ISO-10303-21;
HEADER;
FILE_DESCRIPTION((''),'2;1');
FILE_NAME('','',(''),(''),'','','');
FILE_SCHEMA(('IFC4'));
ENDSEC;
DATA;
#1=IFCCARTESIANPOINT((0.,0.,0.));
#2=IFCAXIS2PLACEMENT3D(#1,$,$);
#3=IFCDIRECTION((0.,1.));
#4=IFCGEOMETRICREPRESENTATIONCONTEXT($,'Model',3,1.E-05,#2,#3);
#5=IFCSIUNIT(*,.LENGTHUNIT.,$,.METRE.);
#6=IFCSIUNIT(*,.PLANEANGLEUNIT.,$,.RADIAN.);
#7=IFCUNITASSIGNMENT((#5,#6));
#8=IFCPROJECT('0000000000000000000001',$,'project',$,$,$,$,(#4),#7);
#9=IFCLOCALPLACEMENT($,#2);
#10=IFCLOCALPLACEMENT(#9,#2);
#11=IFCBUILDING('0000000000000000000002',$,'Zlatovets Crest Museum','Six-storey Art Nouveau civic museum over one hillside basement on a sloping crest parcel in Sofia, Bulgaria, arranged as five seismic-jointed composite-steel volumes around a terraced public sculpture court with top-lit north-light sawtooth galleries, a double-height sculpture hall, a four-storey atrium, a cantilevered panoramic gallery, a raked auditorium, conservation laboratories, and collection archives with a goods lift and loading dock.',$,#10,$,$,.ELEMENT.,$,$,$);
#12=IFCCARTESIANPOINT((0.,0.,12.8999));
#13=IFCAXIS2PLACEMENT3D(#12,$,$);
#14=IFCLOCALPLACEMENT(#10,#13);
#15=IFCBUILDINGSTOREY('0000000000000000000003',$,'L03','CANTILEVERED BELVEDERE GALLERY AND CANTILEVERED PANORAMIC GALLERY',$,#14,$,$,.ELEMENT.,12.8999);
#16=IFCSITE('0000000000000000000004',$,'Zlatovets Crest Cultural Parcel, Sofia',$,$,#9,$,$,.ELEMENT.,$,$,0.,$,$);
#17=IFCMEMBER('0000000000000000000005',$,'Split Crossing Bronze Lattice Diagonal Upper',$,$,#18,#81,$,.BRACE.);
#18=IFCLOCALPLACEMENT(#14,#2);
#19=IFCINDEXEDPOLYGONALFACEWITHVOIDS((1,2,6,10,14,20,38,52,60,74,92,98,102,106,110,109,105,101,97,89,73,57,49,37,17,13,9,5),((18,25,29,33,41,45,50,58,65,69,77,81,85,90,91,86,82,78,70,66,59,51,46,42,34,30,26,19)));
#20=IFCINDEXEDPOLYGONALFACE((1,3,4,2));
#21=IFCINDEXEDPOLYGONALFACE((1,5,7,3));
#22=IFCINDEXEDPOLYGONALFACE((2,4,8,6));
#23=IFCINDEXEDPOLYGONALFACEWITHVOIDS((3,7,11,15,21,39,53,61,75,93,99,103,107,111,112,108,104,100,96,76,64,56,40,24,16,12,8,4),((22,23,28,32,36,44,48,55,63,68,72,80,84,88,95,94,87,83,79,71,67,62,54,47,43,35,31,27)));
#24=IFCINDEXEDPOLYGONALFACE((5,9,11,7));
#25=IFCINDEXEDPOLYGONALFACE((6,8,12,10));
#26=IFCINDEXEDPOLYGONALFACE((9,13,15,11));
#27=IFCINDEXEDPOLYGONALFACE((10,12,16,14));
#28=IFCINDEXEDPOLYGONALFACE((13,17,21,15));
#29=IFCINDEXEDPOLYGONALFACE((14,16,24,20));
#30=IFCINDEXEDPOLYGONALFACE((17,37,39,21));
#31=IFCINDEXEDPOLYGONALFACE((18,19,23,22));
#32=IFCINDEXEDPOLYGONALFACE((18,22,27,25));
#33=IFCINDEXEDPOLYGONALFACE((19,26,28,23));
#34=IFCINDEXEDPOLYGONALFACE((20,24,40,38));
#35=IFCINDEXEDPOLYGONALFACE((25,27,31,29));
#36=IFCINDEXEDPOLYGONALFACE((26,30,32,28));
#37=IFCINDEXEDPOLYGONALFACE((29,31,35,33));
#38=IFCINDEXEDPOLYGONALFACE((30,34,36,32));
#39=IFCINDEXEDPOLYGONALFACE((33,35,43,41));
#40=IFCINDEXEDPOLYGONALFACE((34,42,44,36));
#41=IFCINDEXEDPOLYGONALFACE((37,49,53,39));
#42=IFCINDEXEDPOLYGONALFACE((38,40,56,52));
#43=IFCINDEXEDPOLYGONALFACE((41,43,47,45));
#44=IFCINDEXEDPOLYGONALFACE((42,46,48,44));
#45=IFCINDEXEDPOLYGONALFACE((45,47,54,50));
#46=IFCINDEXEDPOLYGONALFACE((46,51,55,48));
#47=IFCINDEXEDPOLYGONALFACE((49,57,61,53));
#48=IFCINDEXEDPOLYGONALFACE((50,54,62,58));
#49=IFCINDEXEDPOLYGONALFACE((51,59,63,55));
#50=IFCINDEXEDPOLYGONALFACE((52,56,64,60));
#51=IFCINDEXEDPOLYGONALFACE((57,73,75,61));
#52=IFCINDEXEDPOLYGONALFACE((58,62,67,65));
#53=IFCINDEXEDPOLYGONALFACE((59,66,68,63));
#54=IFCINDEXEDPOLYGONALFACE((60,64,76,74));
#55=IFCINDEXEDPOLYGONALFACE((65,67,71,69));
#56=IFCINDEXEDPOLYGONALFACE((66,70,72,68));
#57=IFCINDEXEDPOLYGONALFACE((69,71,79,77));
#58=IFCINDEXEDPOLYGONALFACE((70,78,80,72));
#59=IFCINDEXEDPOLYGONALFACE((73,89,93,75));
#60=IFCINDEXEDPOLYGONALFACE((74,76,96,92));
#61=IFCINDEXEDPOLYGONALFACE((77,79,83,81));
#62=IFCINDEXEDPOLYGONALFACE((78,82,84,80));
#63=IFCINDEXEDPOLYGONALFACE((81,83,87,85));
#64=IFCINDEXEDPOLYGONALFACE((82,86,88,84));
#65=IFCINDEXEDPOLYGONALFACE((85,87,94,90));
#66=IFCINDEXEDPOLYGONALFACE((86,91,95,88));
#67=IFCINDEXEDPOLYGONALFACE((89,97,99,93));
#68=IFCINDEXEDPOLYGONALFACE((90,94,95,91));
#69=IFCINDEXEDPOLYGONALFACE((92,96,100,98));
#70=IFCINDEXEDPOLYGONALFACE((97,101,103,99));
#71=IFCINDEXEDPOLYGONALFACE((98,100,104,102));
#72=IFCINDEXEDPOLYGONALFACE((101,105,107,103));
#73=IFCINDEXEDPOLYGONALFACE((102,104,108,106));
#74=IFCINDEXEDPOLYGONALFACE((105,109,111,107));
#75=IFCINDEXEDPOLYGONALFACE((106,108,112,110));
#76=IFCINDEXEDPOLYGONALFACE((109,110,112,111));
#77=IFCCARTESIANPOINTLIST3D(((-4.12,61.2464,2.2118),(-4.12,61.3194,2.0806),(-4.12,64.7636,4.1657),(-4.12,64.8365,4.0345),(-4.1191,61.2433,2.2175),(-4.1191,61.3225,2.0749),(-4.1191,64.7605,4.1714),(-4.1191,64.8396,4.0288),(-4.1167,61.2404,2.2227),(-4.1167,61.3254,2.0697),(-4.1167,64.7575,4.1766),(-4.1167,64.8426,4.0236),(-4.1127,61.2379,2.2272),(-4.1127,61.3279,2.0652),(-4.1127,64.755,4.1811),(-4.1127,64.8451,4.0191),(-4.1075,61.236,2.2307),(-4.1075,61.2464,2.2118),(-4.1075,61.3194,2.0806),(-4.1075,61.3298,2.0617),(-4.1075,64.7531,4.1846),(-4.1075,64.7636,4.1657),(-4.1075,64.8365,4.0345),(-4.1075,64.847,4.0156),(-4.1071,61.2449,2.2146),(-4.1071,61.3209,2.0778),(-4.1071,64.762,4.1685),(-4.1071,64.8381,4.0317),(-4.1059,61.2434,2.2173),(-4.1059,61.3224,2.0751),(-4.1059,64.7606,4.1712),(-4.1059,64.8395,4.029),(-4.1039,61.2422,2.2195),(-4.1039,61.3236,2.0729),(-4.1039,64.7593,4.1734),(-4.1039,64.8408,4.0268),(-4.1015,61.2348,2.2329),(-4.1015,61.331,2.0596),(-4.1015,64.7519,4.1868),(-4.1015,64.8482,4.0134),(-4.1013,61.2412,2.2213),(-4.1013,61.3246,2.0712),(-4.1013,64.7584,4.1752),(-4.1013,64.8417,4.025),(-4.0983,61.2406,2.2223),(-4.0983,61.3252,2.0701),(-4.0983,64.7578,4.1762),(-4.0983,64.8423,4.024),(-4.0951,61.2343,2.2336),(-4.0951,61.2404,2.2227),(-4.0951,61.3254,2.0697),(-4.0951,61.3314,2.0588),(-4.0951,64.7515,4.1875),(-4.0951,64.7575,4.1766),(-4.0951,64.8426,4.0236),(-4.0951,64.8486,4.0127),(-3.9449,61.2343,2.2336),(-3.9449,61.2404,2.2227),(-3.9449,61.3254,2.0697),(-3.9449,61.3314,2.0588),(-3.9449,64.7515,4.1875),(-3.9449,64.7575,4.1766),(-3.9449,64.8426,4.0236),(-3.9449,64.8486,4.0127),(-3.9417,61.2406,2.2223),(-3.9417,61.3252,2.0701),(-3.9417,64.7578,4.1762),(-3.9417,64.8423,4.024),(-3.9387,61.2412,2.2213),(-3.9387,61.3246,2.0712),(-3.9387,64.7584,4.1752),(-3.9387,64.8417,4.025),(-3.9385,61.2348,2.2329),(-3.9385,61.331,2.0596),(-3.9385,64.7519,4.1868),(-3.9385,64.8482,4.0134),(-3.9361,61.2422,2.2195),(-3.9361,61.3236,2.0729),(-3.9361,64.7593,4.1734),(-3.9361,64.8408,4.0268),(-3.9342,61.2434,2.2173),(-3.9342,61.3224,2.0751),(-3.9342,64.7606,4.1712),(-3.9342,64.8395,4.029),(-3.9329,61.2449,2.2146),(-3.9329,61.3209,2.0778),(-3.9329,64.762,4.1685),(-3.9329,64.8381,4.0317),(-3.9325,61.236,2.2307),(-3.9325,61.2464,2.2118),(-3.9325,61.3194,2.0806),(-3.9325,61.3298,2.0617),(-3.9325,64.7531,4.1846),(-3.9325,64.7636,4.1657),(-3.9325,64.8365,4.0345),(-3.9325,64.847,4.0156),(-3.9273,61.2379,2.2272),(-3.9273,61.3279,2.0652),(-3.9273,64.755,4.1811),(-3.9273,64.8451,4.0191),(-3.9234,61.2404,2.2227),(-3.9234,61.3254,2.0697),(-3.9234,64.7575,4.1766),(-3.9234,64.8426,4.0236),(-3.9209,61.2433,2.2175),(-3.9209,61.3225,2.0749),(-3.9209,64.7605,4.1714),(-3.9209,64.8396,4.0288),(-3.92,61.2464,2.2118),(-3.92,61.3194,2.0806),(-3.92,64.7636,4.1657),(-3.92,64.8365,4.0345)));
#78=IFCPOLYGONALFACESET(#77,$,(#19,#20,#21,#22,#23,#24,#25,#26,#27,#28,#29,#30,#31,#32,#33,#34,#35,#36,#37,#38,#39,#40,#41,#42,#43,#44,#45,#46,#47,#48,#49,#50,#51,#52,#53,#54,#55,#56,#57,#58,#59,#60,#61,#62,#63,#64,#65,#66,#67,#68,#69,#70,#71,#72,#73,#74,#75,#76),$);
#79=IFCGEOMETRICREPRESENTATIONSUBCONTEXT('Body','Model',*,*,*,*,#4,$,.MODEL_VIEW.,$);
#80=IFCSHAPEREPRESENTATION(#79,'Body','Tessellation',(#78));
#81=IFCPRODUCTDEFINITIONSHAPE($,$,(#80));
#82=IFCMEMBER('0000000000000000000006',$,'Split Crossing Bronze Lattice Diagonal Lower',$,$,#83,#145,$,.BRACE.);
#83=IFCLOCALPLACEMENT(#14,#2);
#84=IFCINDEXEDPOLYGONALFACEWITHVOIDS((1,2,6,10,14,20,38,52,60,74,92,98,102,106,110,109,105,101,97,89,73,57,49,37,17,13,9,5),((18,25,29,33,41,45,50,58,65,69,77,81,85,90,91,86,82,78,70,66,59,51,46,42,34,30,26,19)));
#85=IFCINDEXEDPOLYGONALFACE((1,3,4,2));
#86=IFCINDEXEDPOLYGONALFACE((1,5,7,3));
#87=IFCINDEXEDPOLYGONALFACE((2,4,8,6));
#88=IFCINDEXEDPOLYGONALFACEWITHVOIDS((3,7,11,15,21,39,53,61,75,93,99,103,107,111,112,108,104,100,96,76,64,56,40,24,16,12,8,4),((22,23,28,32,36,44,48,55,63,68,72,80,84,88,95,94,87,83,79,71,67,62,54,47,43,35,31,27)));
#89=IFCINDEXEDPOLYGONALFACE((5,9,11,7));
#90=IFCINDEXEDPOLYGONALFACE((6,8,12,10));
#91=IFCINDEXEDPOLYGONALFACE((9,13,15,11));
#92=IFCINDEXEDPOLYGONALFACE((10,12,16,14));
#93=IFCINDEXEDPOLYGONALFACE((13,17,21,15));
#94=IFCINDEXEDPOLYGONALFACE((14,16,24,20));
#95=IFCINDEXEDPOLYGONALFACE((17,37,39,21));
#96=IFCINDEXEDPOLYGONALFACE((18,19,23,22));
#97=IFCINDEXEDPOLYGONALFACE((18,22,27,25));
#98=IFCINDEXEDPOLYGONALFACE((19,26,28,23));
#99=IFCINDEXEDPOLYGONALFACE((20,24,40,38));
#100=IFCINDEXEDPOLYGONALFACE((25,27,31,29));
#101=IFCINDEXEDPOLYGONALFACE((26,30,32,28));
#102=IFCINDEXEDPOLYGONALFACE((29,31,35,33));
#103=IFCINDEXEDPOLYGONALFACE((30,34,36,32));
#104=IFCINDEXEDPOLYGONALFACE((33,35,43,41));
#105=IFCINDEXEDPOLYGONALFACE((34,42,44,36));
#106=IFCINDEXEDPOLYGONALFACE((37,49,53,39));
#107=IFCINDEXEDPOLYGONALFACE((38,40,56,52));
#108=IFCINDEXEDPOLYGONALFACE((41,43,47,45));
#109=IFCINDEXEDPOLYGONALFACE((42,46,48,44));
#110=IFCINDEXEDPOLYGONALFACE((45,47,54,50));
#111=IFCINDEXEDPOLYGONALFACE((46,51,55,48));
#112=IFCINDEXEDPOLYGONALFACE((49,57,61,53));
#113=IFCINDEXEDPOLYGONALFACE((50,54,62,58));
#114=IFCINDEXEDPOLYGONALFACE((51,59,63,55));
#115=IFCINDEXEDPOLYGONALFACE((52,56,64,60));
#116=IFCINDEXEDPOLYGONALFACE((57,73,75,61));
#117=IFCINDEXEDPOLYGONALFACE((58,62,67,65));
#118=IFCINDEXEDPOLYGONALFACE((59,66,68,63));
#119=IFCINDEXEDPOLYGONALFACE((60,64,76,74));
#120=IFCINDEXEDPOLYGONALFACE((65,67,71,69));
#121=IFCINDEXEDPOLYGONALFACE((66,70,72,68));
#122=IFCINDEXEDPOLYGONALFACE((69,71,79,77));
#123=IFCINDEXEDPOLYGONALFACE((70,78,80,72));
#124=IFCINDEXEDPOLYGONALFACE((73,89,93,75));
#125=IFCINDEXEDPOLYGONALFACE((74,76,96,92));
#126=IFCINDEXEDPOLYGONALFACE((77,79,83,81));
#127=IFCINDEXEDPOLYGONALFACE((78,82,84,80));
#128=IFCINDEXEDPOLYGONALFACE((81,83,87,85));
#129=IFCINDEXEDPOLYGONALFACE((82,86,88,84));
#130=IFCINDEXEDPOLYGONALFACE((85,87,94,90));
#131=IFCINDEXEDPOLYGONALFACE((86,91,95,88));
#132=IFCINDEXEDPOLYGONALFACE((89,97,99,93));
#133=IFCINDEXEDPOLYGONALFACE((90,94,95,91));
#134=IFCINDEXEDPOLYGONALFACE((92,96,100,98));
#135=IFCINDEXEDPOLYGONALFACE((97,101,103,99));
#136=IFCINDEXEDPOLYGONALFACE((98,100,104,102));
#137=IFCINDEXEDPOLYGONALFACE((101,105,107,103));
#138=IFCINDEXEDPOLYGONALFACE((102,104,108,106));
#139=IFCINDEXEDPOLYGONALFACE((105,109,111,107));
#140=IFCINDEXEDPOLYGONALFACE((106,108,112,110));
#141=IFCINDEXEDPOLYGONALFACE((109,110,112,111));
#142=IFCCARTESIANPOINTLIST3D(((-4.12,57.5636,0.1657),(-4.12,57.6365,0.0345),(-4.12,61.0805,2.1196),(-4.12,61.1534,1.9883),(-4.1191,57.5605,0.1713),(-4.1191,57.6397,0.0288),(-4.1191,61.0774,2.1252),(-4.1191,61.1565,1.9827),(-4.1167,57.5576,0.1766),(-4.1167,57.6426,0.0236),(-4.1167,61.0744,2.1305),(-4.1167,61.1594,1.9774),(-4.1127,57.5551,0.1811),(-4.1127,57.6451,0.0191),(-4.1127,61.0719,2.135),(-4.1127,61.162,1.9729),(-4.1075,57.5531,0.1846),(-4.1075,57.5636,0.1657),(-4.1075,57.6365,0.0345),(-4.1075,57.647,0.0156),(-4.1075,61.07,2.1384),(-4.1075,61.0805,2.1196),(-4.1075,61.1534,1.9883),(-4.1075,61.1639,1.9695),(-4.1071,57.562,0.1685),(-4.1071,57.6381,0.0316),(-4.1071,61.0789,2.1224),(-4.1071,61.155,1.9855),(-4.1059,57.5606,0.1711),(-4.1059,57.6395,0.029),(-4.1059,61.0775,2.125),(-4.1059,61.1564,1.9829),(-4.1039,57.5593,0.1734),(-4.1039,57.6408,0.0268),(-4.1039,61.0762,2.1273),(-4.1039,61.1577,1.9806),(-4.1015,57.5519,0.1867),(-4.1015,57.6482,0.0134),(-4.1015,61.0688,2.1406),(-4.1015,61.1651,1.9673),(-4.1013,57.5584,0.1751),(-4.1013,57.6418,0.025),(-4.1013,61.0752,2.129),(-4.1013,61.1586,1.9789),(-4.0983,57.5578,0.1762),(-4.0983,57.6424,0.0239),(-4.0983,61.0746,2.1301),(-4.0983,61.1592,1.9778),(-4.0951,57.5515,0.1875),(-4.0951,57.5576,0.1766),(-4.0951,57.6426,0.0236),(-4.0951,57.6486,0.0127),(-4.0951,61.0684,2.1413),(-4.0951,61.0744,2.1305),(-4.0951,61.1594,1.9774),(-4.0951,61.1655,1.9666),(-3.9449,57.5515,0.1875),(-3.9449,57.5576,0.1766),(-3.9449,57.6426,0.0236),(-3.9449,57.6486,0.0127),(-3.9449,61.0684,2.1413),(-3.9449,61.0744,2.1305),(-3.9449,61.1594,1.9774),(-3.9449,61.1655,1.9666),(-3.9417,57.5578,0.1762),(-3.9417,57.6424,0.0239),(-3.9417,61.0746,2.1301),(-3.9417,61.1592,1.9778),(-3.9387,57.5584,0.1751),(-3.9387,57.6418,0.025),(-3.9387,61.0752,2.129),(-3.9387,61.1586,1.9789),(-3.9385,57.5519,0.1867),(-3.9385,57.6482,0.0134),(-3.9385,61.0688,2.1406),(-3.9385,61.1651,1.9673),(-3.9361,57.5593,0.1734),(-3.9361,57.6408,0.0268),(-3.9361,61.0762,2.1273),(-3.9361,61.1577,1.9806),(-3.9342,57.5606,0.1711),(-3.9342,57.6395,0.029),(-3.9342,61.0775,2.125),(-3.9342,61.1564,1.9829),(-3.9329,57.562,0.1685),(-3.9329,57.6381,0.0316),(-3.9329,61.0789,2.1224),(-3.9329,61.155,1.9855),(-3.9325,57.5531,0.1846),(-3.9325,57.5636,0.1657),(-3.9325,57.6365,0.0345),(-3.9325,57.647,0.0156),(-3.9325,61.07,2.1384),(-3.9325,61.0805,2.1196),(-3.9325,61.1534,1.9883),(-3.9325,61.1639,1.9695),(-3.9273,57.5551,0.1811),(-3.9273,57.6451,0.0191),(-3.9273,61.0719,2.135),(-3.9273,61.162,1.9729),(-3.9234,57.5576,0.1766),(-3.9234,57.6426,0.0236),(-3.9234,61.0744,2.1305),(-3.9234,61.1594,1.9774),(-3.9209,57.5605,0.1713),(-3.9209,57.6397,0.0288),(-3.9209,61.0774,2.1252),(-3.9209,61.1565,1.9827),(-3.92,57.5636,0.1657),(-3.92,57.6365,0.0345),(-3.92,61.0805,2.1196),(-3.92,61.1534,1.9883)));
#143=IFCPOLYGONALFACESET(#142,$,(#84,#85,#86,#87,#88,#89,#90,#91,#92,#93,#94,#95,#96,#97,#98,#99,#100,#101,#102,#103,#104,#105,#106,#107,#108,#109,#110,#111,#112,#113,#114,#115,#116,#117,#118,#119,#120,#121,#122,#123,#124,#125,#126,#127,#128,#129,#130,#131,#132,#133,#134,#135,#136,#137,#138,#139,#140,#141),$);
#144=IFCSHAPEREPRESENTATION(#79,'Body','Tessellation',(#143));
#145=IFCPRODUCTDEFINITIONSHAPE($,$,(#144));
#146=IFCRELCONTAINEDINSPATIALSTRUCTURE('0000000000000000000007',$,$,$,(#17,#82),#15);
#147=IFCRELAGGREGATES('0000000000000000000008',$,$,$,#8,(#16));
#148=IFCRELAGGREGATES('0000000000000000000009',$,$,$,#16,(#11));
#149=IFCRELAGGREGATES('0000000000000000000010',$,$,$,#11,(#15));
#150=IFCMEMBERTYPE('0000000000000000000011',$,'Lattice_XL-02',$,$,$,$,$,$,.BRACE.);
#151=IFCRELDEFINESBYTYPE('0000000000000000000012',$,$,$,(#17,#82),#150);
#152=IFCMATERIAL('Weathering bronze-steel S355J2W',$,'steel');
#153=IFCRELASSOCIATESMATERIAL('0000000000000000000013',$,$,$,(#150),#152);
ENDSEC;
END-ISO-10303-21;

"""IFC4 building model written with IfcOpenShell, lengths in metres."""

from ifc_helpers import new_model, si_unit, direction, frame, origin, origin_2d, place, context, subcontext, project, spatial, hollow_rectangle, extrude, material, material_profile, profile_set, type_object, element, save


model = new_model("IFC4")

# Units and contexts
model_context = context("Model", 3, precision=1e-05, world=origin(), true_north=direction((0.0, 1.0)))
body_context = subcontext(model_context, "Body", "Model", "MODEL_VIEW")
ifc_project = project(units=[si_unit("LENGTHUNIT", "METRE"), si_unit("PLANEANGLEUNIT", "RADIAN")], contexts=[model_context])

# Site, building, storey
site_placement = place(None, origin())
site = spatial("IfcSite", under=ifc_project, at=site_placement, Name="Zlatovets Crest Cultural Parcel, Sofia", CompositionType="ELEMENT", RefElevation=0.0)
building_placement = place(site_placement, origin())
building = spatial("IfcBuilding", under=site, at=building_placement, Name="Zlatovets Crest Museum", Description="Six-storey Art Nouveau civic museum over one hillside basement on a sloping crest parcel in Sofia, Bulgaria, arranged as five seismic-jointed composite-steel volumes around a terraced public sculpture court with top-lit north-light sawtooth galleries, a double-height sculpture hall, a four-storey atrium, a cantilevered panoramic gallery, a raked auditorium, conservation laboratories, and collection archives with a goods lift and loading dock.", CompositionType="ELEMENT")
storey_placement = place(building_placement, frame((0.0, 0.0, 12.8999)))
storey = spatial("IfcBuildingStorey", under=building, at=storey_placement, Name="L03", Description="CANTILEVERED BELVEDERE GALLERY AND CANTILEVERED PANORAMIC GALLERY", CompositionType="ELEMENT", Elevation=12.8999)

# Members
ifc_material_1 = material(Name="Weathering bronze-steel S355J2W", Category="steel")
ifc_material_profile_1 = material_profile(ifc_material_1, hollow_rectangle(XDim=0.2, YDim=0.2, WallThickness=0.0125, InnerFilletRadius=0.0125, OuterFilletRadius=0.0249, at=origin_2d()), Name="SHS 200x200x12.5")
ifc_profile_set_1 = profile_set([ifc_material_profile_1], Name="Weathering bronze-steel S355J2W")
member_type_1 = type_object("IfcMemberType", Name="Lattice_XL-02", PredefinedType="BRACE", material=ifc_profile_set_1)
member_1_placement = place(storey_placement, frame((-4.02, 64.8, 4.1001), z_axis=(0.0, -0.874166, -0.485627), x_axis=(1.0, 0.0, 0.0)))
element("IfcMember", 1, at=member_1_placement, inside=storey, type_object=member_type_1, Name="Split Crossing Bronze Lattice Diagonal Upper", PredefinedType="BRACE", context=body_context, shape_type="SweptSolid", body=[
    extrude(hollow_rectangle(XDim=0.2, YDim=0.2, WallThickness=0.0125, InnerFilletRadius=0.0125, OuterFilletRadius=0.0249, at=origin_2d()), origin(), (0.0, 0.0, 1.0), 4.0234),
])
member_2_placement = place(storey_placement, frame((-4.02, 61.1169, 2.054), z_axis=(0.0, -0.874152, -0.485653), x_axis=(1.0, 0.0, 0.0)))
element("IfcMember", 2, at=member_2_placement, inside=storey, type_object=member_type_1, Name="Split Crossing Bronze Lattice Diagonal Lower", PredefinedType="BRACE", context=body_context, shape_type="SweptSolid", body=[
    extrude(hollow_rectangle(XDim=0.2, YDim=0.2, WallThickness=0.0125, InnerFilletRadius=0.0125, OuterFilletRadius=0.0249, at=origin_2d()), origin(), (0.0, 0.0, 1.0), 4.0232),
])

save(model, "model.ifc")
